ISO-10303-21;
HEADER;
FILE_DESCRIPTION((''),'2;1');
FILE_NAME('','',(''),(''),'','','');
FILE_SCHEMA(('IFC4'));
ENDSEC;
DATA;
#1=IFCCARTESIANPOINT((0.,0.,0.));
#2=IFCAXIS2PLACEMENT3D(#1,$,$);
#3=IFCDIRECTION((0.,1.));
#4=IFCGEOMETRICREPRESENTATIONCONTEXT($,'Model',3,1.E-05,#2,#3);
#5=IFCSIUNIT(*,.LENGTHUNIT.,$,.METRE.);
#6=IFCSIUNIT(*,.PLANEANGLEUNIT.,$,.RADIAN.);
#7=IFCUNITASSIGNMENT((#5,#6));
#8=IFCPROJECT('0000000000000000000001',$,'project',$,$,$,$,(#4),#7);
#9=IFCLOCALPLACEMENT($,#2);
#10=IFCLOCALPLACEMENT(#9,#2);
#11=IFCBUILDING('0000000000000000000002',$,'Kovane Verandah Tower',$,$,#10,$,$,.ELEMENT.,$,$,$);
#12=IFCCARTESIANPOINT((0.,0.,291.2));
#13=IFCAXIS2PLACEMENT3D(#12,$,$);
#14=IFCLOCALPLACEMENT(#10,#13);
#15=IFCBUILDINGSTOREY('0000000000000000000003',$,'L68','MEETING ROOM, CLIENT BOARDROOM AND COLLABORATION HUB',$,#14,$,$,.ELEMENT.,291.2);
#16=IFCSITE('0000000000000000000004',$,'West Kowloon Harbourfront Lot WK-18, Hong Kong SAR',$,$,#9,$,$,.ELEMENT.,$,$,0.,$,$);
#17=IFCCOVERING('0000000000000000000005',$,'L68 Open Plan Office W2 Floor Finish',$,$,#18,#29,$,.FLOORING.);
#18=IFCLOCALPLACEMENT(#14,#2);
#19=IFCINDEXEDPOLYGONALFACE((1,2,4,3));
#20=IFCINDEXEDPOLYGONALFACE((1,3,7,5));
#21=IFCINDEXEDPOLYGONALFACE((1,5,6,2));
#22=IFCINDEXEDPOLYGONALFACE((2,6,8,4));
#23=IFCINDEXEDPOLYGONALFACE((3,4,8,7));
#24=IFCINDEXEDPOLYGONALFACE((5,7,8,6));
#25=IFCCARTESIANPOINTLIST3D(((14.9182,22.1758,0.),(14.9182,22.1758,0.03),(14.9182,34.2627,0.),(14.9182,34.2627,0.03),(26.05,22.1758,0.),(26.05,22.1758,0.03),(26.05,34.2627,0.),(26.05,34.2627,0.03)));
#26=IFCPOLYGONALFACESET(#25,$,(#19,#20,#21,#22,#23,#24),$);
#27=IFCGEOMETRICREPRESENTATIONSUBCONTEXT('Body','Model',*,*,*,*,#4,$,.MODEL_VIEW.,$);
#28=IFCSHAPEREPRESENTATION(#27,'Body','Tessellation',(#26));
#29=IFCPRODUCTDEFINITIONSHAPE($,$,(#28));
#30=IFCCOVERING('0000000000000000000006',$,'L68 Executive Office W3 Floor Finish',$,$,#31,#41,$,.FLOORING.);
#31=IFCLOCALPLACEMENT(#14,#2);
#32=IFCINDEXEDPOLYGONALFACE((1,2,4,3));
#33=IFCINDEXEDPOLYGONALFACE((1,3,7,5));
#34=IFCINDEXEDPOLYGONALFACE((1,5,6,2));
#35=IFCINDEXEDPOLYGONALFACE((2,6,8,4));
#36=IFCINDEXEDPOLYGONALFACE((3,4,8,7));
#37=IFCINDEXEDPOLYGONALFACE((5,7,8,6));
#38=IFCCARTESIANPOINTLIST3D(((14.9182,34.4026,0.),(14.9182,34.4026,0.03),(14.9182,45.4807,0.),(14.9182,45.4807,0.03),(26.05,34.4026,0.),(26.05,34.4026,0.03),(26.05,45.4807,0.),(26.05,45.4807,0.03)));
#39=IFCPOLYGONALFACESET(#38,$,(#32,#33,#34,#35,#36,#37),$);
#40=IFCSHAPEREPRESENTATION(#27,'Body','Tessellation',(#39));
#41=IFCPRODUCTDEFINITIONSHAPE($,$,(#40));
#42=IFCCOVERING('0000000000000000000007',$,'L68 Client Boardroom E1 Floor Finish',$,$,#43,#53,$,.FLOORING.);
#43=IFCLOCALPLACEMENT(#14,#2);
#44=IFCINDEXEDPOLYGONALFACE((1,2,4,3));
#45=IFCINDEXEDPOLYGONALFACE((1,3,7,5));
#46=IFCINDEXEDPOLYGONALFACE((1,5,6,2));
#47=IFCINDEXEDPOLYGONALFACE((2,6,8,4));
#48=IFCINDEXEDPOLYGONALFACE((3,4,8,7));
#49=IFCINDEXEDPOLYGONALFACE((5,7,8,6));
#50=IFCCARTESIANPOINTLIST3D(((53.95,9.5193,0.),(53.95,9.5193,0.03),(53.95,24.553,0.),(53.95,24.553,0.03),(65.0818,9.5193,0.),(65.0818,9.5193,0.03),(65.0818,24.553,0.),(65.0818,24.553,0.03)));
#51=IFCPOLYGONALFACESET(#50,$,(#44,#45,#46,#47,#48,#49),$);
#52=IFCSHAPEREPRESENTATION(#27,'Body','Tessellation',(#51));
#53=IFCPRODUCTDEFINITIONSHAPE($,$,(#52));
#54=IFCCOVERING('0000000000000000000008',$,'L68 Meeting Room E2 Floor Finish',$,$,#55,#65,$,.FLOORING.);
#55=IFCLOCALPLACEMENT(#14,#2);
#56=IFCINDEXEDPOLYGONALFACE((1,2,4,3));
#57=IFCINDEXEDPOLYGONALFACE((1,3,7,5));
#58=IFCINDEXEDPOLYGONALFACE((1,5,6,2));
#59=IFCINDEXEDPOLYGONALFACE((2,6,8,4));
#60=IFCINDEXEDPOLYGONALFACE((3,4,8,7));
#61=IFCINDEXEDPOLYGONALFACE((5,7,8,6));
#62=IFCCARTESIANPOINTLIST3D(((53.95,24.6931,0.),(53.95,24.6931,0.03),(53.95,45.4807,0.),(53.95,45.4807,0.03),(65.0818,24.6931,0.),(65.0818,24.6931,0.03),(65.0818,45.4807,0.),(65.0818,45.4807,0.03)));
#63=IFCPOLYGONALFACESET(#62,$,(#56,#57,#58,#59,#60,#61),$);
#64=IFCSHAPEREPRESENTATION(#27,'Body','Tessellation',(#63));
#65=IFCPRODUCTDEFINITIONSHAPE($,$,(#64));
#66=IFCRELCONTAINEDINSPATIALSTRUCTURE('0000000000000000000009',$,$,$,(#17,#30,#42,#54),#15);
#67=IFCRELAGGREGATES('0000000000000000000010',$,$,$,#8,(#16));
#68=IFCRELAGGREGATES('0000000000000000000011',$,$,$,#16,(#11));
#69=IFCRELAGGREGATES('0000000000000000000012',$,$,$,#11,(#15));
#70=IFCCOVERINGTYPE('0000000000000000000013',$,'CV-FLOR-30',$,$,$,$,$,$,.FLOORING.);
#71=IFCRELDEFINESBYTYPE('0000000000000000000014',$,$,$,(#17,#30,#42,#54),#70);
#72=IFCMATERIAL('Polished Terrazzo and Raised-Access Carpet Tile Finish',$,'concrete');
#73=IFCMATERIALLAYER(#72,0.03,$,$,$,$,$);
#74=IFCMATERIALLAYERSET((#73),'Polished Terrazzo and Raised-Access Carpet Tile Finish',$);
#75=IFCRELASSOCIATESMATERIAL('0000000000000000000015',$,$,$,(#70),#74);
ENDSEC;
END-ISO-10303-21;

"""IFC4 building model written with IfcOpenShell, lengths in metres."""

from ifc_helpers import new_model, si_unit, direction, frame, origin, place, context, subcontext, project, spatial, polyline, outline, extrude, material, layer, layer_set, type_object, element, save


model = new_model("IFC4")

# Units and contexts
model_context = context("Model", 3, precision=1e-05, world=origin(), true_north=direction((0.0, 1.0)))
body_context = subcontext(model_context, "Body", "Model", "MODEL_VIEW")
ifc_project = project(units=[si_unit("LENGTHUNIT", "METRE"), si_unit("PLANEANGLEUNIT", "RADIAN")], contexts=[model_context])

# Site, building, storey
site_placement = place(None, origin())
site = spatial("IfcSite", under=ifc_project, at=site_placement, Name="West Kowloon Harbourfront Lot WK-18, Hong Kong SAR", CompositionType="ELEMENT", RefElevation=0.0)
building_placement = place(site_placement, origin())
building = spatial("IfcBuilding", under=site, at=building_placement, Name="Kovane Verandah Tower", CompositionType="ELEMENT")
storey_placement = place(building_placement, frame((0.0, 0.0, 291.2)))
storey = spatial("IfcBuildingStorey", under=building, at=storey_placement, Name="L68", Description="MEETING ROOM, CLIENT BOARDROOM AND COLLABORATION HUB", CompositionType="ELEMENT", Elevation=291.2)

# Coverings
ifc_material_1 = material(Name="Polished Terrazzo and Raised-Access Carpet Tile Finish", Category="concrete")
ifc_layer_1 = layer(ifc_material_1, 0.03)
ifc_layer_set_1 = layer_set([ifc_layer_1], Name="Polished Terrazzo and Raised-Access Carpet Tile Finish")
covering_type_1 = type_object("IfcCoveringType", Name="CV-FLOR-30", PredefinedType="FLOORING", material=ifc_layer_set_1)
covering_1_placement = place(storey_placement, origin())
element("IfcCovering", 1, at=covering_1_placement, inside=storey, type_object=covering_type_1, Name="L68 Open Plan Office W2 Floor Finish", PredefinedType="FLOORING", context=body_context, shape_type="SweptSolid", body=[
    extrude(outline(polyline([(14.9182, 22.1758), (26.05, 22.1758), (26.05, 34.2627), (14.9182, 34.2627), (14.9182, 22.1758)])), origin(), (0.0, 0.0, 1.0), 0.03),
])
covering_2_placement = place(storey_placement, origin())
element("IfcCovering", 2, at=covering_2_placement, inside=storey, type_object=covering_type_1, Name="L68 Executive Office W3 Floor Finish", PredefinedType="FLOORING", context=body_context, shape_type="SweptSolid", body=[
    extrude(outline(polyline([(14.9182, 34.4026), (26.05, 34.4026), (26.05, 45.4807), (14.9182, 45.4807), (14.9182, 34.4026)])), origin(), (0.0, 0.0, 1.0), 0.03),
])
covering_3_placement = place(storey_placement, origin())
element("IfcCovering", 3, at=covering_3_placement, inside=storey, type_object=covering_type_1, Name="L68 Client Boardroom E1 Floor Finish", PredefinedType="FLOORING", context=body_context, shape_type="SweptSolid", body=[
    extrude(outline(polyline([(53.95, 9.5193), (65.0818, 9.5193), (65.0818, 24.553), (53.95, 24.553), (53.95, 9.5193)])), origin(), (0.0, 0.0, 1.0), 0.03),
])
covering_4_placement = place(storey_placement, origin())
element("IfcCovering", 4, at=covering_4_placement, inside=storey, type_object=covering_type_1, Name="L68 Meeting Room E2 Floor Finish", PredefinedType="FLOORING", context=body_context, shape_type="SweptSolid", body=[
    extrude(outline(polyline([(53.95, 24.6931), (65.0818, 24.6931), (65.0818, 45.4807), (53.95, 45.4807), (53.95, 24.6931)])), origin(), (0.0, 0.0, 1.0), 0.03),
])

save(model, "model.ifc")
